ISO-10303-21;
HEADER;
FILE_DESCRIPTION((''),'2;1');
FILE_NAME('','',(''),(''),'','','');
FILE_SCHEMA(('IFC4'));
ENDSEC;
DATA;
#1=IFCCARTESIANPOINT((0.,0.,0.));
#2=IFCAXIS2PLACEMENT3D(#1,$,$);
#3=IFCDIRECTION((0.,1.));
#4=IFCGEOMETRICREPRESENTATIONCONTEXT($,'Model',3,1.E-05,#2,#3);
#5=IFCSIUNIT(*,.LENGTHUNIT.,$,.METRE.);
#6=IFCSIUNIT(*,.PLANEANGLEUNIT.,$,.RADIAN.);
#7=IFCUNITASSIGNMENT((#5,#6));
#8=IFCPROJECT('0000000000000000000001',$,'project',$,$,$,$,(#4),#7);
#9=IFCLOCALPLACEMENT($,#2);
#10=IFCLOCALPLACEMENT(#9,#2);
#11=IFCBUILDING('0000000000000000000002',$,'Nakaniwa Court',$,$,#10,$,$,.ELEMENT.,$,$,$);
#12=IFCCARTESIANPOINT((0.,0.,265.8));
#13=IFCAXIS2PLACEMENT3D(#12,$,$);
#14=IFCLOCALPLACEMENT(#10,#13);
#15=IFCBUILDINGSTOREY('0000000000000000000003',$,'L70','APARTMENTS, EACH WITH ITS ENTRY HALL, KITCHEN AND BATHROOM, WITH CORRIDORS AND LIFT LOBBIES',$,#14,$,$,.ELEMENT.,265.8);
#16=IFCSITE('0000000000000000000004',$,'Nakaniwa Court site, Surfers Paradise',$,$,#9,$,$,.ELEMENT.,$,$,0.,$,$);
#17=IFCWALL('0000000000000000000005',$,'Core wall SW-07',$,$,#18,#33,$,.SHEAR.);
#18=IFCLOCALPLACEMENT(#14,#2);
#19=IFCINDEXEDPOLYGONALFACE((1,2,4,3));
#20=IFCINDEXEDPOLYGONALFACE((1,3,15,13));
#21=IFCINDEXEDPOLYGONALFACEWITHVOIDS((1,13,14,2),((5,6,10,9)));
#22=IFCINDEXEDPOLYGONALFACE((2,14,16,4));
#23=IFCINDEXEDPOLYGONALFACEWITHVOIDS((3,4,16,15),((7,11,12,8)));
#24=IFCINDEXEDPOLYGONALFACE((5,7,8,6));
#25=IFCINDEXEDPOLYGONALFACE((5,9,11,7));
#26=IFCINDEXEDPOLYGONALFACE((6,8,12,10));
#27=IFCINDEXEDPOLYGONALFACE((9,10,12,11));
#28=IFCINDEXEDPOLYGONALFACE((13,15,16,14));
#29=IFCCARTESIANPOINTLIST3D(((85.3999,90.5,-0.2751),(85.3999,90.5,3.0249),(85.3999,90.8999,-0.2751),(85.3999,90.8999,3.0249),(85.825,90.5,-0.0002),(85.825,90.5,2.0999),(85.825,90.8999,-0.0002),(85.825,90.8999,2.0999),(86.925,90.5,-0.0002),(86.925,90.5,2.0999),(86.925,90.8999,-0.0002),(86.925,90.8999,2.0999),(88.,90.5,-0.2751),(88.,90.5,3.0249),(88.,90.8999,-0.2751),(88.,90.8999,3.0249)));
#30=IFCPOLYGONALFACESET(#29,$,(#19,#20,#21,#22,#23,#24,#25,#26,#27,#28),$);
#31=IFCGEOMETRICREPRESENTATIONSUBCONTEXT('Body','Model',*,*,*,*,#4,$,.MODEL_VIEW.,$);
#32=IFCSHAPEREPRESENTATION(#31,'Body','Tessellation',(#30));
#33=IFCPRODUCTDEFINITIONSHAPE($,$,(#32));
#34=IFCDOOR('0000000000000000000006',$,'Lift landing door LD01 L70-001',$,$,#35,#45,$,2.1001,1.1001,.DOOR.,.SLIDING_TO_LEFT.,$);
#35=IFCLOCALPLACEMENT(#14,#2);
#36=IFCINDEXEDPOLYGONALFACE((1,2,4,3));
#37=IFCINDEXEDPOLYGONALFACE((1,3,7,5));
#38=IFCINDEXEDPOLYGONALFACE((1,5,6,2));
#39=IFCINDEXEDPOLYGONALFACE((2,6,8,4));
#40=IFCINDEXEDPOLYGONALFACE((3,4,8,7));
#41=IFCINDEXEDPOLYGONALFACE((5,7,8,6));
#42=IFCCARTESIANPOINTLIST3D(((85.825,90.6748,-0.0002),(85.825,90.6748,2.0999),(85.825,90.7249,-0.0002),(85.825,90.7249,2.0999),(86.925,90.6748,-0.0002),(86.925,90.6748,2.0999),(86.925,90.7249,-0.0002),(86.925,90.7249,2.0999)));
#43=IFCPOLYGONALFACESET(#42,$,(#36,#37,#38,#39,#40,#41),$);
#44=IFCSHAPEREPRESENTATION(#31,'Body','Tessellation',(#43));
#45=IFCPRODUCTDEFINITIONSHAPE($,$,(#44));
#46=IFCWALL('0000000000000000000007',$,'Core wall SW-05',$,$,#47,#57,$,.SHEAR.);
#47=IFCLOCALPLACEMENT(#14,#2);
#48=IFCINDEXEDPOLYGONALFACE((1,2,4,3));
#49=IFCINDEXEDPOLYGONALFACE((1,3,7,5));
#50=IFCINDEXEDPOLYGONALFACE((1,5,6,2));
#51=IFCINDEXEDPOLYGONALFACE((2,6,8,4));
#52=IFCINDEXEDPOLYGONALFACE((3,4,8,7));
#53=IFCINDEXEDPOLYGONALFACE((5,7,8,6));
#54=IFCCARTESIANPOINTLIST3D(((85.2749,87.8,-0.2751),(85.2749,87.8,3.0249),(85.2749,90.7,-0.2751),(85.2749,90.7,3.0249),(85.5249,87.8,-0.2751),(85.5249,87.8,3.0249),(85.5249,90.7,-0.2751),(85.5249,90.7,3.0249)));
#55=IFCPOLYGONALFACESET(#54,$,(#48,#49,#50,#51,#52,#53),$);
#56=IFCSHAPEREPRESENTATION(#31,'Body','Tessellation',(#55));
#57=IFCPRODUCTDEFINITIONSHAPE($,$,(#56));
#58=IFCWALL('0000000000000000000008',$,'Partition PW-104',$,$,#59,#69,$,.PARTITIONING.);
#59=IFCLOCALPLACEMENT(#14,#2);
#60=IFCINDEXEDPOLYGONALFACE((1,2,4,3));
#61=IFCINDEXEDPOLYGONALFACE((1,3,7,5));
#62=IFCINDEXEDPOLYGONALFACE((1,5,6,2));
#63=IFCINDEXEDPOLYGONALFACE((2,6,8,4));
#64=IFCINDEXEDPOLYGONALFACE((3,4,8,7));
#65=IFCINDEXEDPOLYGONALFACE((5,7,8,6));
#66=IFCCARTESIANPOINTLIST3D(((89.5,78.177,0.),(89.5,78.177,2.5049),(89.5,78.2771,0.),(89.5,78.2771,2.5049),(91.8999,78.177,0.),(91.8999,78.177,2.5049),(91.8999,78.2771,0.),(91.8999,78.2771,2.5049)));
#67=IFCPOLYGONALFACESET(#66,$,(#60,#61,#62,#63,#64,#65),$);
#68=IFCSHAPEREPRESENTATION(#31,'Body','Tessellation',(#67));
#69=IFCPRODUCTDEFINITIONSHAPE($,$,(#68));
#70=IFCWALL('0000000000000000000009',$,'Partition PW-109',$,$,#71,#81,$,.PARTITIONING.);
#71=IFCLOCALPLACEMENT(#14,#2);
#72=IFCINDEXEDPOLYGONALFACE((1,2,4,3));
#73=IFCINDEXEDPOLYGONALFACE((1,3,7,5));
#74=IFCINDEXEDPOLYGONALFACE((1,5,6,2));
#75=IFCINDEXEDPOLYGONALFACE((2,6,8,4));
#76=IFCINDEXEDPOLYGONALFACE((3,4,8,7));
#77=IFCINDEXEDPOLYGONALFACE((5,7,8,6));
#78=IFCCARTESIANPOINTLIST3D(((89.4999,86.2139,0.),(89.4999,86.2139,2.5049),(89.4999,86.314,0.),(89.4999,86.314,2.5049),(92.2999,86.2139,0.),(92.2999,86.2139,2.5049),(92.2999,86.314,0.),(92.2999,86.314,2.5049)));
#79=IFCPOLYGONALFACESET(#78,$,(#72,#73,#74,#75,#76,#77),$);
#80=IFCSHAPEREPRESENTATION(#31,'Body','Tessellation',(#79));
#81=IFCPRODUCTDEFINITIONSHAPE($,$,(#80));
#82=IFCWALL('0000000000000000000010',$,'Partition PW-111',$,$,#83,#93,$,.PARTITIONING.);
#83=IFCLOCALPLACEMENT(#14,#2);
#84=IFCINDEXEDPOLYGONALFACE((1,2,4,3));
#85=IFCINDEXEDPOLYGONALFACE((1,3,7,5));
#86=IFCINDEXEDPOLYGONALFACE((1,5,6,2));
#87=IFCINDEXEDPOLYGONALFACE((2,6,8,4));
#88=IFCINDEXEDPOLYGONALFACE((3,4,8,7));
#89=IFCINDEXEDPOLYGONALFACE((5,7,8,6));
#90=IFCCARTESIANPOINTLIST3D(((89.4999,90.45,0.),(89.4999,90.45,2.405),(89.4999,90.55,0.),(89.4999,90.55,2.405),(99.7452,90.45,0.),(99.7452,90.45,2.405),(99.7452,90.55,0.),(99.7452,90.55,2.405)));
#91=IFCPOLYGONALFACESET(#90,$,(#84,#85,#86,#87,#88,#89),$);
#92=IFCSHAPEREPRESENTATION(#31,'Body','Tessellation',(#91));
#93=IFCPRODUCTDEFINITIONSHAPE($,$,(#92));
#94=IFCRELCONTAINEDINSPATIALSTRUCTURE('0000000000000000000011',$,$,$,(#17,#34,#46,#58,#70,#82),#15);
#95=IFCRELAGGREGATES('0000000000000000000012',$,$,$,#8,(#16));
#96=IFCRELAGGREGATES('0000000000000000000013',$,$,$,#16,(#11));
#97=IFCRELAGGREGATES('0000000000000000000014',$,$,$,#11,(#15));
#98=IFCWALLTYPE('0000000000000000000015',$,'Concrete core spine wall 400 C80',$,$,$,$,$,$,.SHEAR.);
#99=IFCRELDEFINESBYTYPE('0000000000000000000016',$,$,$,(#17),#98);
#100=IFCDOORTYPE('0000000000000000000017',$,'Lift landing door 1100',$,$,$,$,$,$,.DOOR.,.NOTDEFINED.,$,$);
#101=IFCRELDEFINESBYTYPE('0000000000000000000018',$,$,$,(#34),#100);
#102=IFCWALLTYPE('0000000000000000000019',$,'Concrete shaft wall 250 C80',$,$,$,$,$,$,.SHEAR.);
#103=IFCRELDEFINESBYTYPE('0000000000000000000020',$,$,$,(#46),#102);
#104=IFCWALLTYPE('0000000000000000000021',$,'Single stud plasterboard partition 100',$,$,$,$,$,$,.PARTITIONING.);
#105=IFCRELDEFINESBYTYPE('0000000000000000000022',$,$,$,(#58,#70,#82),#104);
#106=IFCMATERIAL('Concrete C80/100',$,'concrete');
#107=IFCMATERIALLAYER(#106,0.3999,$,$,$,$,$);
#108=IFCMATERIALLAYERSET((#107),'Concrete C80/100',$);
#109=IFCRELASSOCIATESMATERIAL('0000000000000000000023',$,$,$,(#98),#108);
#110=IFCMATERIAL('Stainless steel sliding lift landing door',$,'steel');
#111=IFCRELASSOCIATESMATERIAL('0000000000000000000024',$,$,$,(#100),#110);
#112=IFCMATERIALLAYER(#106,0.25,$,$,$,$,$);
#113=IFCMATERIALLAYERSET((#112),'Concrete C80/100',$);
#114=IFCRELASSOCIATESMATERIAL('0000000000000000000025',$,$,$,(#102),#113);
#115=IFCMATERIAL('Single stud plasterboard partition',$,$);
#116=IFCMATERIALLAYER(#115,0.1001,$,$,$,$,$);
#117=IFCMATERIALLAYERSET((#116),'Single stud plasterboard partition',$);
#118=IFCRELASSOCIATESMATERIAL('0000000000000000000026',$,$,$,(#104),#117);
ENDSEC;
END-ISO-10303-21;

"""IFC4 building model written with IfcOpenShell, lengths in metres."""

from ifc_helpers import new_model, si_unit, direction, frame, frame_2d, origin, place, context, subcontext, project, spatial, rectangle, extrude, material, layer, layer_set, type_object, element, fill, save


model = new_model("IFC4")

# Units and contexts
model_context = context("Model", 3, precision=1e-05, world=origin(), true_north=direction((0.0, 1.0)))
body_context = subcontext(model_context, "Body", "Model", "MODEL_VIEW")
ifc_project = project(units=[si_unit("LENGTHUNIT", "METRE"), si_unit("PLANEANGLEUNIT", "RADIAN")], contexts=[model_context])

# Site, building, storey
site_placement = place(None, origin())
site = spatial("IfcSite", under=ifc_project, at=site_placement, Name="Nakaniwa Court site, Surfers Paradise", CompositionType="ELEMENT", RefElevation=0.0)
building_placement = place(site_placement, origin())
building = spatial("IfcBuilding", under=site, at=building_placement, Name="Nakaniwa Court", CompositionType="ELEMENT")
storey_placement = place(building_placement, frame((0.0, 0.0, 265.8)))
storey = spatial("IfcBuildingStorey", under=building, at=storey_placement, Name="L70", Description="APARTMENTS, EACH WITH ITS ENTRY HALL, KITCHEN AND BATHROOM, WITH CORRIDORS AND LIFT LOBBIES", CompositionType="ELEMENT", Elevation=265.8)

# Shared definitions
ifc_material_1 = material(Name="Concrete C80/100", Category="concrete")

# Wall, opening, door
ifc_layer_1 = layer(ifc_material_1, 0.3999)
ifc_layer_set_1 = layer_set([ifc_layer_1], Name="Concrete C80/100")
wall_type_1 = type_object("IfcWallType", Name="Concrete core spine wall 400 C80", PredefinedType="SHEAR", material=ifc_layer_set_1)
wall_1_placement = place(storey_placement, frame((85.3999, 90.7, -0.2751), z_axis=(0.0, 0.0, 1.0), x_axis=(1.0, 0.0, 0.0)))
wall_1 = element("IfcWall", 1, at=wall_1_placement, inside=storey, type_object=wall_type_1, Name="Core wall SW-07", PredefinedType="SHEAR", context=body_context, shape_type="SweptSolid", body=[
    extrude(rectangle(XDim=2.6001, YDim=0.3999, at=frame_2d((1.3, 0.0))), origin(), (0.0, 0.0, 1.0), 3.3),
])
opening_1_placement = place(wall_1_placement, frame((0.425, 0.0, 0.2749)))
opening_1 = element("IfcOpeningElement", 2, at=opening_1_placement, cuts=wall_1, PredefinedType="OPENING", context=body_context, shape_type="SweptSolid", body=[
    extrude(rectangle(XDim=1.1001, YDim=2.1001, at=frame_2d((0.55, 1.05))), frame((0.0, 0.21, 0.0), z_axis=(0.0, -1.0, 0.0), x_axis=(1.0, 0.0, 0.0)), (0.0, 0.0, 1.0), 0.4199),
])
ifc_material_2 = material(Name="Stainless steel sliding lift landing door", Category="steel")
door_type_1 = type_object("IfcDoorType", Name="Lift landing door 1100", OperationType="NOTDEFINED", PredefinedType="DOOR", material=ifc_material_2)
door_1_placement = place(opening_1_placement, origin())
door_1 = element("IfcDoor", 3, at=door_1_placement, inside=storey, type_object=door_type_1, Name="Lift landing door LD01 L70-001", OperationType="SLIDING_TO_LEFT", OverallHeight=2.1001, OverallWidth=1.1001, PredefinedType="DOOR", context=body_context, shape_type="SweptSolid", body=[
    extrude(rectangle(XDim=1.1001, YDim=2.1001, at=frame_2d((0.55, 1.05))), frame((0.0, 0.0249, 0.0), z_axis=(0.0, -1.0, 0.0), x_axis=(1.0, 0.0, 0.0)), (0.0, 0.0, 1.0), 0.05),
])
fill(opening_1, door_1)

# Walls
ifc_layer_2 = layer(ifc_material_1, 0.25)
ifc_layer_set_2 = layer_set([ifc_layer_2], Name="Concrete C80/100")
wall_type_2 = type_object("IfcWallType", Name="Concrete shaft wall 250 C80", PredefinedType="SHEAR", material=ifc_layer_set_2)
wall_2_placement = place(storey_placement, frame((85.3999, 87.8, -0.2751), z_axis=(0.0, 0.0, 1.0), x_axis=(0.0, 1.0, 0.0)))
element("IfcWall", 4, at=wall_2_placement, inside=storey, type_object=wall_type_2, Name="Core wall SW-05", PredefinedType="SHEAR", context=body_context, shape_type="SweptSolid", body=[
    extrude(rectangle(XDim=2.8999, YDim=0.25, at=frame_2d((1.45, 0.0))), origin(), (0.0, 0.0, 1.0), 3.3),
])
ifc_material_3 = material(Name="Single stud plasterboard partition")
ifc_layer_3 = layer(ifc_material_3, 0.1001)
ifc_layer_set_3 = layer_set([ifc_layer_3], Name="Single stud plasterboard partition")
wall_type_3 = type_object("IfcWallType", Name="Single stud plasterboard partition 100", PredefinedType="PARTITIONING", material=ifc_layer_set_3)
wall_3_placement = place(storey_placement, frame((89.5, 78.2271, 0.0), z_axis=(0.0, 0.0, 1.0), x_axis=(1.0, 0.0, 0.0)))
element("IfcWall", 5, at=wall_3_placement, inside=storey, type_object=wall_type_3, Name="Partition PW-104", PredefinedType="PARTITIONING", context=body_context, shape_type="SweptSolid", body=[
    extrude(rectangle(XDim=2.3999, YDim=0.1001, at=frame_2d((1.2, 0.0))), origin(), (0.0, 0.0, 1.0), 2.5049),
])
wall_4_placement = place(storey_placement, frame((89.5, 86.2639, 0.0), z_axis=(0.0, 0.0, 1.0), x_axis=(1.0, 0.0, 0.0)))
element("IfcWall", 6, at=wall_4_placement, inside=storey, type_object=wall_type_3, Name="Partition PW-109", PredefinedType="PARTITIONING", context=body_context, shape_type="SweptSolid", body=[
    extrude(rectangle(XDim=2.8, YDim=0.1001, at=frame_2d((1.3999, 0.0))), origin(), (0.0, 0.0, 1.0), 2.5049),
])
wall_5_placement = place(storey_placement, frame((89.5, 90.5, 0.0), z_axis=(0.0, 0.0, 1.0), x_axis=(1.0, 0.0, 0.0)))
element("IfcWall", 7, at=wall_5_placement, inside=storey, type_object=wall_type_3, Name="Partition PW-111", PredefinedType="PARTITIONING", context=body_context, shape_type="SweptSolid", body=[
    extrude(rectangle(XDim=10.2454, YDim=0.1001, at=frame_2d((5.1226, 0.0))), origin(), (0.0, 0.0, 1.0), 2.405),
])

save(model, "model.ifc")
